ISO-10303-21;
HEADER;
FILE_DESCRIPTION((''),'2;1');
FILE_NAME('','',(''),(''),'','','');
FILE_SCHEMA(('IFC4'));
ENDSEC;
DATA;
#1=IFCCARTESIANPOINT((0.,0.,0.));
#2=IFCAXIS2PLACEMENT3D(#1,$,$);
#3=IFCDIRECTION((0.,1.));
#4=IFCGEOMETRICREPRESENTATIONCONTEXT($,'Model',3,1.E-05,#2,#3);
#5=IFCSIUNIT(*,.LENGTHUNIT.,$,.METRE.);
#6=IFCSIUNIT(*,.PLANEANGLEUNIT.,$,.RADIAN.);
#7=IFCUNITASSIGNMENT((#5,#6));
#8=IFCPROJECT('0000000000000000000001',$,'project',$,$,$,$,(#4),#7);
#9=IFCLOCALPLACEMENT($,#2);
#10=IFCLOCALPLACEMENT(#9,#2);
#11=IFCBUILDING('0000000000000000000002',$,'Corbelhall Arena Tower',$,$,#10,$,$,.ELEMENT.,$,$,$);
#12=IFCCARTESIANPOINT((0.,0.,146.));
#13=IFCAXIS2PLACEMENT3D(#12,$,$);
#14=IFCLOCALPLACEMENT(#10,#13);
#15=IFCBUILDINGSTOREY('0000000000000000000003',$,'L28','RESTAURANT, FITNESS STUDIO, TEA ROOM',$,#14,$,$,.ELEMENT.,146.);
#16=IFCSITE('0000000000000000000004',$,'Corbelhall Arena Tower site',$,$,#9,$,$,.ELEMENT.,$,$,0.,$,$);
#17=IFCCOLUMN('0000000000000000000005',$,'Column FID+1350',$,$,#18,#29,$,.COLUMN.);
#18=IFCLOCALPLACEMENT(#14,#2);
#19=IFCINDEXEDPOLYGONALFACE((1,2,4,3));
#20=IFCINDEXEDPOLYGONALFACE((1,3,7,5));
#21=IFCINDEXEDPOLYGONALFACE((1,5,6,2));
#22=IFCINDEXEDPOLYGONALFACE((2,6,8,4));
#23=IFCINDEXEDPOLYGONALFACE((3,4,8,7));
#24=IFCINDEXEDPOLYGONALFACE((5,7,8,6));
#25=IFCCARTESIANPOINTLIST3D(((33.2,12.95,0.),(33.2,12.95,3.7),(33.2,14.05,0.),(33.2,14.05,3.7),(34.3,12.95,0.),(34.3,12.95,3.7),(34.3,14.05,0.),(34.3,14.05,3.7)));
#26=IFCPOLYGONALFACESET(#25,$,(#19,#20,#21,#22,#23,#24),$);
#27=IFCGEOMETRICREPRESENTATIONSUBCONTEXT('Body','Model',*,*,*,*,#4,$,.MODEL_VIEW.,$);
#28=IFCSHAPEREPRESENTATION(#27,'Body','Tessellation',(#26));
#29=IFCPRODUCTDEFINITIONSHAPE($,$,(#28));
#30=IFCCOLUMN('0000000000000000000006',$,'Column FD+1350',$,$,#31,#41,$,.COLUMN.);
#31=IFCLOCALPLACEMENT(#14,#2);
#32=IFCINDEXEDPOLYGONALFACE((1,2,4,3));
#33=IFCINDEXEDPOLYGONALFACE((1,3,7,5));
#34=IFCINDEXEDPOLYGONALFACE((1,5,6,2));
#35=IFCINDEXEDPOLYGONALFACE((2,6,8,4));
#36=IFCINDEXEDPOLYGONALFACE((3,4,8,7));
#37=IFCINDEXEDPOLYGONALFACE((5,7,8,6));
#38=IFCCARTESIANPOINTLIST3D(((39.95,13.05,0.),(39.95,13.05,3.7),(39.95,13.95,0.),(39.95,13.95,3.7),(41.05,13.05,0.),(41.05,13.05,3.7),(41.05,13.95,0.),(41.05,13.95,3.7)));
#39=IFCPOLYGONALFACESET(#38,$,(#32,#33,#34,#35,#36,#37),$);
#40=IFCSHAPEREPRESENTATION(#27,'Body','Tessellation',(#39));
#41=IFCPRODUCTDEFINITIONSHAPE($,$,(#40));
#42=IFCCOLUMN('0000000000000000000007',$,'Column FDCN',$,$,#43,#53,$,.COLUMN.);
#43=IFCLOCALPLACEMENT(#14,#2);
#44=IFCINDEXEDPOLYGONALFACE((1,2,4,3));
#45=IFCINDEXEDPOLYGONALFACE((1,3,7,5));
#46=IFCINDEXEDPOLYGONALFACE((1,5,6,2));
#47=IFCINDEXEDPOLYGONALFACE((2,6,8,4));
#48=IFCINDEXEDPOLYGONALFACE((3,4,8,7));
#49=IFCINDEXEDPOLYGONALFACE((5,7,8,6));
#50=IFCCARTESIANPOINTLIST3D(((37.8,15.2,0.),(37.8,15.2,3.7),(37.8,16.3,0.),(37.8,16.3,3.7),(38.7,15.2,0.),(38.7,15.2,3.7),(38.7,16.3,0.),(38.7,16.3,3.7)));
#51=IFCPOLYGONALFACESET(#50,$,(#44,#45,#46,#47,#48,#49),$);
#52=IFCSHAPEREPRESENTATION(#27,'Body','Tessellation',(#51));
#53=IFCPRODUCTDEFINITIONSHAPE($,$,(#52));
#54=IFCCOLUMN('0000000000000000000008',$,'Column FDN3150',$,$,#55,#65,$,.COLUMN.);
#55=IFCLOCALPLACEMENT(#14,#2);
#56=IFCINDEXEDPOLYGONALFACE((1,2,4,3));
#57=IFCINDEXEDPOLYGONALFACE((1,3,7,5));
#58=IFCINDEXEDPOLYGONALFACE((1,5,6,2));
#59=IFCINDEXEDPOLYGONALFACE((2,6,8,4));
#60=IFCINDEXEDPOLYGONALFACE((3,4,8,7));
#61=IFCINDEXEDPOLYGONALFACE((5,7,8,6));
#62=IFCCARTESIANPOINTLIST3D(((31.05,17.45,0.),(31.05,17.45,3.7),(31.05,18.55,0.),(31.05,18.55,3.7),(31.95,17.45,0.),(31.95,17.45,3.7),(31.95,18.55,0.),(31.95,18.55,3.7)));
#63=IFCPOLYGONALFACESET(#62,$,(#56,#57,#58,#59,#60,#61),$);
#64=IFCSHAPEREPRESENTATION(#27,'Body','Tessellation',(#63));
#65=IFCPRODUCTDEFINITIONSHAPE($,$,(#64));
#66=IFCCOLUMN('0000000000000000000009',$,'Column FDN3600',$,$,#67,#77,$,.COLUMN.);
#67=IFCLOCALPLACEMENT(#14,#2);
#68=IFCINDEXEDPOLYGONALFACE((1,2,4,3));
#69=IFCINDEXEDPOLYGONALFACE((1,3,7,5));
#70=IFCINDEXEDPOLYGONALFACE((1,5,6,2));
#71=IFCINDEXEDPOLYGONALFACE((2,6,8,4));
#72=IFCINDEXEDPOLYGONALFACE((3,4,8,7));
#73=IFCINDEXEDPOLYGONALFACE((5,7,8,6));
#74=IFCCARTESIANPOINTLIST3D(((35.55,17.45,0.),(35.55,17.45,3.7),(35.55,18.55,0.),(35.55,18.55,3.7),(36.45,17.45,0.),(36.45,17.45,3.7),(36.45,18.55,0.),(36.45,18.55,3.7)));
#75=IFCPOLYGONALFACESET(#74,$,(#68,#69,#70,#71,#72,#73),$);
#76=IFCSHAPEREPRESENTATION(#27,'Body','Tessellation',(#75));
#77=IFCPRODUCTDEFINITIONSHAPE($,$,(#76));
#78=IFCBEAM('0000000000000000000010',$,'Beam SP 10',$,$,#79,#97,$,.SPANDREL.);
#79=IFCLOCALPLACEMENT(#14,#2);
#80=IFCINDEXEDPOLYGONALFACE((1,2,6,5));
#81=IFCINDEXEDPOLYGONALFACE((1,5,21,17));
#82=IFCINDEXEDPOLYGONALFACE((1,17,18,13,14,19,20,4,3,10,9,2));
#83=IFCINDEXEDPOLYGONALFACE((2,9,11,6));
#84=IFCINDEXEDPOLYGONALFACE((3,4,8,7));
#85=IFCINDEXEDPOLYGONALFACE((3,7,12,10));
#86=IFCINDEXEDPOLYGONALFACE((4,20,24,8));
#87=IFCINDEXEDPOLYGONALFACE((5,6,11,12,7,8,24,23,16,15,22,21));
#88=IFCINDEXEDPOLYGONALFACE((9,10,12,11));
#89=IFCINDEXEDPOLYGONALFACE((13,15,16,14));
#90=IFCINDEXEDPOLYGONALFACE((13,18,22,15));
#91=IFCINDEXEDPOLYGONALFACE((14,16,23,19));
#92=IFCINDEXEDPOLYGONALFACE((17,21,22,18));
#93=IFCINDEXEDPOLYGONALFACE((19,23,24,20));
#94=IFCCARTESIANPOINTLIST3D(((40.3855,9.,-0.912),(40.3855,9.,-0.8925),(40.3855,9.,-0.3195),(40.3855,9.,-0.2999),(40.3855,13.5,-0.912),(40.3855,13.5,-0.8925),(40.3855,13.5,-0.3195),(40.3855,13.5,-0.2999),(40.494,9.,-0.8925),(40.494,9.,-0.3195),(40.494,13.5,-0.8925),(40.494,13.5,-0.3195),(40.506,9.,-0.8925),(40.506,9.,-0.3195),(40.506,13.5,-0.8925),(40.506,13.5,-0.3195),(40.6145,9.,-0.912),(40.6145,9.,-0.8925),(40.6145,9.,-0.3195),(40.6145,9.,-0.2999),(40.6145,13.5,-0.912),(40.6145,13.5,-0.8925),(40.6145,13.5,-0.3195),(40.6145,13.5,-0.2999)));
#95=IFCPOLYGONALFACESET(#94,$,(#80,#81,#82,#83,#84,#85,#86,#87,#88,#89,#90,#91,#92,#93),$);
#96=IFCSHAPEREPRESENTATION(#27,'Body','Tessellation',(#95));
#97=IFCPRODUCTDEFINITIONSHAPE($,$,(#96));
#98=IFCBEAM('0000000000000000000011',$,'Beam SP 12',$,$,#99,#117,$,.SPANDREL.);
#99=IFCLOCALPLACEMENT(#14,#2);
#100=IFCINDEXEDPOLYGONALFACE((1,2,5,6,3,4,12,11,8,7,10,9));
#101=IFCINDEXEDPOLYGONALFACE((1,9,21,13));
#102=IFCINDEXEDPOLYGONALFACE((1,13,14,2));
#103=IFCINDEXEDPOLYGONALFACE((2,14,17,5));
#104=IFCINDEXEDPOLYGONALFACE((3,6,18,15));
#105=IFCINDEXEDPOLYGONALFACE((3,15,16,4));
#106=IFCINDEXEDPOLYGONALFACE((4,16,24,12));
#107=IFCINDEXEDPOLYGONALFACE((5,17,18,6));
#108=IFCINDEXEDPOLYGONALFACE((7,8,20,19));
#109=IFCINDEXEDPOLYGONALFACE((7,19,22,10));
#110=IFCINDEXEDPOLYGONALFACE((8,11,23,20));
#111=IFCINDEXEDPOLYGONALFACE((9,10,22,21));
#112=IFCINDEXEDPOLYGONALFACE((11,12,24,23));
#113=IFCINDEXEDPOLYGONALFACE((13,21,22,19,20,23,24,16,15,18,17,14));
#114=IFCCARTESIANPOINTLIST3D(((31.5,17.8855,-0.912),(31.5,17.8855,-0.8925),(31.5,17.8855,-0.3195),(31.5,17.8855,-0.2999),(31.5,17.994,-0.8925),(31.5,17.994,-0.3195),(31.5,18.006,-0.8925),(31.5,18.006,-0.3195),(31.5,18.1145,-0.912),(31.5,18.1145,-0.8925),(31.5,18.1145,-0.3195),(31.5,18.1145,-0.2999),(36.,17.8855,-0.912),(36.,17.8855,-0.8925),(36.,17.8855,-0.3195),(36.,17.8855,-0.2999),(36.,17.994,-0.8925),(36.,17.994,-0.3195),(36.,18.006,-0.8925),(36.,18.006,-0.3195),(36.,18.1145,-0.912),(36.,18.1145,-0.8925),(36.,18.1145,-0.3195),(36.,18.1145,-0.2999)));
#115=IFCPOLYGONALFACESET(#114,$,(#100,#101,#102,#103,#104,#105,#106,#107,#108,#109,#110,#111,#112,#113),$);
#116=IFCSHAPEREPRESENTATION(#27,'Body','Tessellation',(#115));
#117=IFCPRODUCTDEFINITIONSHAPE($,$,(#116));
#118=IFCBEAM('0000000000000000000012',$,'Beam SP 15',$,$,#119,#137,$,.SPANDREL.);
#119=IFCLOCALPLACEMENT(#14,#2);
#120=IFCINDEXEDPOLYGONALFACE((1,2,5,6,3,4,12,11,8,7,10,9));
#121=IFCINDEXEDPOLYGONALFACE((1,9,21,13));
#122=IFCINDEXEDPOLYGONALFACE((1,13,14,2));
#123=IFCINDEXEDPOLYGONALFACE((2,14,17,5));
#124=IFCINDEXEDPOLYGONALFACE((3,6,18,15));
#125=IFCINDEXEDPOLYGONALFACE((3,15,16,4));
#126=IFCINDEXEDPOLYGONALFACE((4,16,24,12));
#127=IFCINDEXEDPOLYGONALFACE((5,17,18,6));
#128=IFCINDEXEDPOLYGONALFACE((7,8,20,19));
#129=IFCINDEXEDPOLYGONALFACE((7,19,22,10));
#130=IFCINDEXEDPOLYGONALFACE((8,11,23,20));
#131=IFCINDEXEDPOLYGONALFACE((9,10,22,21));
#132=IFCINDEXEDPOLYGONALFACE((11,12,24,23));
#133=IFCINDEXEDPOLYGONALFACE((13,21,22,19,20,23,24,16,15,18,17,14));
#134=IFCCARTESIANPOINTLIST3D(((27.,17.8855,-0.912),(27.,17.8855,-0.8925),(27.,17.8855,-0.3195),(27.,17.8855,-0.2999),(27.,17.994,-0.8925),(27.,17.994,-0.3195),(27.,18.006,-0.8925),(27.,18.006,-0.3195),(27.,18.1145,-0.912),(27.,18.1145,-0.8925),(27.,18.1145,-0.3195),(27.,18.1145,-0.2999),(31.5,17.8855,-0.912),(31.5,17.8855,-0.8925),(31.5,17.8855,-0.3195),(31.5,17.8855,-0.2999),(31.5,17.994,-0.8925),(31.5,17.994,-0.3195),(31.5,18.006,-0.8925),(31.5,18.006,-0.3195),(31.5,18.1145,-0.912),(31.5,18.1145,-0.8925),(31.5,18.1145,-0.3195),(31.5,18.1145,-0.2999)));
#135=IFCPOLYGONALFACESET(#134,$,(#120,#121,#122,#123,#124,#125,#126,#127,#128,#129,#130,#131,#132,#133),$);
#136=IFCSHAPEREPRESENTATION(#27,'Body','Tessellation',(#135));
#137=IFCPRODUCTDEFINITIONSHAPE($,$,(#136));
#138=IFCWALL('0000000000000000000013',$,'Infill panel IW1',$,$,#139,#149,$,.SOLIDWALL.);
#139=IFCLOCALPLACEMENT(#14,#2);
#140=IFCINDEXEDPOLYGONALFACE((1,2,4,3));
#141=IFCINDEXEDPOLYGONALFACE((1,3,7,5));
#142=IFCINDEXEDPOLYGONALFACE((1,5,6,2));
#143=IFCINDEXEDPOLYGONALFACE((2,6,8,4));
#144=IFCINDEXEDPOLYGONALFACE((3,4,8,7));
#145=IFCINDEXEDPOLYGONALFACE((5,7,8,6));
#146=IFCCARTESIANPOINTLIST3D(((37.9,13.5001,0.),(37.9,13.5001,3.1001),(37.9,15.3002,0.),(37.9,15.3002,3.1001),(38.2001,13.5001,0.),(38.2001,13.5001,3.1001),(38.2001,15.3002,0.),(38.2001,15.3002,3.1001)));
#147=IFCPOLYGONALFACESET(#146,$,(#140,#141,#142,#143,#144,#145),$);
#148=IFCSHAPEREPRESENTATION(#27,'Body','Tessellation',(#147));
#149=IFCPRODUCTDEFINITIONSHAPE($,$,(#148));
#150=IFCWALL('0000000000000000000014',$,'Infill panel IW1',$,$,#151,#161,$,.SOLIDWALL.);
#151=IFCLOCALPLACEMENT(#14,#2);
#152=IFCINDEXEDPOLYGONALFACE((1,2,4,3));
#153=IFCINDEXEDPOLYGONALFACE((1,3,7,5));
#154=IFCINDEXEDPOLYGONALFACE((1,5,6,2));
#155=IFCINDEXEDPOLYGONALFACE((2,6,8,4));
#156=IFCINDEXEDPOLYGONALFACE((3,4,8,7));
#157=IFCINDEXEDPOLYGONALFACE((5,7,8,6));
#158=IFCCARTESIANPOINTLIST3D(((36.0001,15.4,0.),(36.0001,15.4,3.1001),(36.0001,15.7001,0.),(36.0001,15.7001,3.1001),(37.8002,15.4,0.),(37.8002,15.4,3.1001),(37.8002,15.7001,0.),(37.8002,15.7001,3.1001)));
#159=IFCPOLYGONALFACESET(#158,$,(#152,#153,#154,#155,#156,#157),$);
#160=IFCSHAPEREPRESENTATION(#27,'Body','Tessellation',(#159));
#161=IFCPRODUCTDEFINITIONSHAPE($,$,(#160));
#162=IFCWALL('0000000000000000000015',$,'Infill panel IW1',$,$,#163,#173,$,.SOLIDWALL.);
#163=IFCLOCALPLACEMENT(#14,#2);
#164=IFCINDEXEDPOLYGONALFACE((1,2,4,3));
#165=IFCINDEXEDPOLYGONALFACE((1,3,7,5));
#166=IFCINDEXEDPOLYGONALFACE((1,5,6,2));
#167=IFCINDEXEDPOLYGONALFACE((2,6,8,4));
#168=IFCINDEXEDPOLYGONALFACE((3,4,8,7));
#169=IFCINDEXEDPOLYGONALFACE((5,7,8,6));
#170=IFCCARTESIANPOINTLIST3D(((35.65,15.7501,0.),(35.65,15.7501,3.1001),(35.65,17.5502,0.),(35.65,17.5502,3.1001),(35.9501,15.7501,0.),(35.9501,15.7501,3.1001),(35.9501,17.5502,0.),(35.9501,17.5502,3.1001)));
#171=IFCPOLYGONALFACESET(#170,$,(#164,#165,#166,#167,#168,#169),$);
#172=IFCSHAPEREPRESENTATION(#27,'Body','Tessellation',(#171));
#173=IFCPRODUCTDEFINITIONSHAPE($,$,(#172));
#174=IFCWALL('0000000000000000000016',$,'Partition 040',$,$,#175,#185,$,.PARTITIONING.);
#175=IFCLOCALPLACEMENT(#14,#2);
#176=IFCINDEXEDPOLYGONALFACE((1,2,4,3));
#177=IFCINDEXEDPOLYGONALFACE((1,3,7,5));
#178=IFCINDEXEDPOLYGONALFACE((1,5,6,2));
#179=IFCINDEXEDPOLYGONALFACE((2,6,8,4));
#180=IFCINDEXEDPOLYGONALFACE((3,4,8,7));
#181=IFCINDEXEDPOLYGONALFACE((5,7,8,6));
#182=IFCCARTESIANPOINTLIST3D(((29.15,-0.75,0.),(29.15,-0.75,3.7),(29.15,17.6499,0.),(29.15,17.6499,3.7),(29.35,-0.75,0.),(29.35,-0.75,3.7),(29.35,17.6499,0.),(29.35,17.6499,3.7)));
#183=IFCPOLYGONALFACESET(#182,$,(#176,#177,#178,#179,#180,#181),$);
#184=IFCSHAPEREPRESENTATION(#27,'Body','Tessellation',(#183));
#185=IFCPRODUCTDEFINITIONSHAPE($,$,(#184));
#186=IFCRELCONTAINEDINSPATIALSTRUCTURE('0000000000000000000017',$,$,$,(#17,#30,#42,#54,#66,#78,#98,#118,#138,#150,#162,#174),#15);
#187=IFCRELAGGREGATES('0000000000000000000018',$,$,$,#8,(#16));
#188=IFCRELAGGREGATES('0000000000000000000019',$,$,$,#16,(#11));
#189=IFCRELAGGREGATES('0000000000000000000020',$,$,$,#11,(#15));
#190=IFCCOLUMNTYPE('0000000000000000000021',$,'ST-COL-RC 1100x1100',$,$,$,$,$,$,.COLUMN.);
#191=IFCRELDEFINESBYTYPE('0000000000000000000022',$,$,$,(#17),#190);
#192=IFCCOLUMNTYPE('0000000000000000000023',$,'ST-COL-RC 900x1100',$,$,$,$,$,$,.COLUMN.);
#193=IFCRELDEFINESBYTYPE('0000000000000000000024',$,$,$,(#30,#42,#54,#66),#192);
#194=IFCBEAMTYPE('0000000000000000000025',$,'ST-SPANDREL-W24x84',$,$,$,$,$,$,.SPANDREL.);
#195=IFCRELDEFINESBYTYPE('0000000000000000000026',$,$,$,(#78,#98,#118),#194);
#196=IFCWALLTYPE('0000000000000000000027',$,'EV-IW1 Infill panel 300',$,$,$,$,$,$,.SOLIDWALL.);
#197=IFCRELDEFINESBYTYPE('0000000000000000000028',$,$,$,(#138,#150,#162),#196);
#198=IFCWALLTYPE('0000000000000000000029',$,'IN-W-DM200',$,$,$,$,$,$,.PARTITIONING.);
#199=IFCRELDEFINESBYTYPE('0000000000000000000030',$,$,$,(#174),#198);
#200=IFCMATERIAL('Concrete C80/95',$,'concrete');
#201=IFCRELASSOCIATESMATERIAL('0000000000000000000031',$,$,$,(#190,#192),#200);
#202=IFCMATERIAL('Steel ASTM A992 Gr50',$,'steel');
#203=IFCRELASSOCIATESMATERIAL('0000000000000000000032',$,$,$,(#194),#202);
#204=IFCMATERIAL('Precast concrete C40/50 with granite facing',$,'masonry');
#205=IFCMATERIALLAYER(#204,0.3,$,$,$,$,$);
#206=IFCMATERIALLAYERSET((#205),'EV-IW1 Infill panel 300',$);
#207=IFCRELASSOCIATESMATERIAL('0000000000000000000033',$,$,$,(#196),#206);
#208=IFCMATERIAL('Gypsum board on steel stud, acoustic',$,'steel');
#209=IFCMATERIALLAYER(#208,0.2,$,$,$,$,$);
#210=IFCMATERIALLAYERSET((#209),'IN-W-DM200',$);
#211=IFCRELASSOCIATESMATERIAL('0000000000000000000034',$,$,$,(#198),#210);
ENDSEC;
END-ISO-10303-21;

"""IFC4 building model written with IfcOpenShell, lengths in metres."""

from ifc_helpers import new_model, si_unit, direction, frame, frame_2d, origin, origin_2d, place, context, subcontext, project, spatial, rectangle, i_section, extrude, material, layer, layer_set, material_profile, profile_set, type_object, element, save


model = new_model("IFC4")

# Units and contexts
model_context = context("Model", 3, precision=1e-05, world=origin(), true_north=direction((0.0, 1.0)))
body_context = subcontext(model_context, "Body", "Model", "MODEL_VIEW")
ifc_project = project(units=[si_unit("LENGTHUNIT", "METRE"), si_unit("PLANEANGLEUNIT", "RADIAN")], contexts=[model_context])

# Site, building, storey
site_placement = place(None, origin())
site = spatial("IfcSite", under=ifc_project, at=site_placement, Name="Corbelhall Arena Tower site", CompositionType="ELEMENT", RefElevation=0.0)
building_placement = place(site_placement, origin())
building = spatial("IfcBuilding", under=site, at=building_placement, Name="Corbelhall Arena Tower", CompositionType="ELEMENT")
storey_placement = place(building_placement, frame((0.0, 0.0, 146.0)))
storey = spatial("IfcBuildingStorey", under=building, at=storey_placement, Name="L28", Description="RESTAURANT, FITNESS STUDIO, TEA ROOM", CompositionType="ELEMENT", Elevation=146.0)

# Columns
ifc_material_1 = material(Name="Concrete C80/95", Category="concrete")
ifc_material_profile_1 = material_profile(ifc_material_1, rectangle(XDim=1.1001, YDim=1.1001, at=origin_2d()))
ifc_profile_set_1 = profile_set([ifc_material_profile_1], Name="Concrete C80/95")
column_type_1 = type_object("IfcColumnType", Name="ST-COL-RC 1100x1100", PredefinedType="COLUMN", material=ifc_profile_set_1)
column_placement = place(storey_placement, frame((33.75, 13.5, 0.0), z_axis=(0.0, 0.0, 1.0), x_axis=(1.0, 0.0, 0.0)))
element("IfcColumn", 1, at=column_placement, inside=storey, type_object=column_type_1, Name="Column FID+1350", PredefinedType="COLUMN", context=body_context, shape_type="SweptSolid", body=[
    extrude(rectangle(XDim=1.1001, YDim=1.1001, at=origin_2d()), origin(), (0.0, 0.0, 1.0), 3.7),
])
ifc_material_profile_2 = material_profile(ifc_material_1, rectangle(XDim=0.8999, YDim=1.1001, at=origin_2d()))
ifc_profile_set_2 = profile_set([ifc_material_profile_2], Name="Concrete C80/95")
column_type_2 = type_object("IfcColumnType", Name="ST-COL-RC 900x1100", PredefinedType="COLUMN", material=ifc_profile_set_2)
for number, where, z_axis, x_axis, name in (
    (2, (40.5, 13.5, 0.0), (0.0, 0.0, 1.0), (0.0, 1.0, 0.0), "Column FD+1350"),
    (3, (38.25, 15.75, 0.0), (0.0, 0.0, 1.0), (1.0, 0.0, 0.0), "Column FDCN"),
    (4, (31.5, 18.0, 0.0), (0.0, 0.0, 1.0), (1.0, 0.0, 0.0), "Column FDN3150"),
    (5, (36.0, 18.0, 0.0), (0.0, 0.0, 1.0), (1.0, 0.0, 0.0), "Column FDN3600"),
):
    element("IfcColumn", number, at=place(storey_placement, frame(where, z_axis=z_axis, x_axis=x_axis)), inside=storey, type_object=column_type_2, Name=name, PredefinedType="COLUMN", context=body_context, shape_type="SweptSolid", body=[
        extrude(rectangle(XDim=0.8999, YDim=1.1001, at=origin_2d()), origin(), (0.0, 0.0, 1.0), 3.7),
    ])

# Beams
ifc_material_2 = material(Name="Steel ASTM A992 Gr50", Category="steel")
ifc_material_profile_3 = material_profile(ifc_material_2, i_section(OverallWidth=0.229, OverallDepth=0.6121, WebThickness=0.012, FlangeThickness=0.0195, at=origin_2d()))
ifc_profile_set_3 = profile_set([ifc_material_profile_3], Name="Steel ASTM A992 Gr50")
beam_type = type_object("IfcBeamType", Name="ST-SPANDREL-W24x84", PredefinedType="SPANDREL", material=ifc_profile_set_3)
for number, where, z_axis, x_axis, name in (
    (6, (40.5, 13.5, -0.606), (0.0, -1.0, 0.0), (1.0, 0.0, 0.0), "Beam SP 10"),
    (7, (31.5, 18.0, -0.606), (1.0, 0.0, 0.0), (0.0, 1.0, 0.0), "Beam SP 12"),
    (8, (27.0, 18.0, -0.606), (1.0, 0.0, 0.0), (0.0, 1.0, 0.0), "Beam SP 15"),
):
    element("IfcBeam", number, at=place(storey_placement, frame(where, z_axis=z_axis, x_axis=x_axis)), inside=storey, type_object=beam_type, Name=name, PredefinedType="SPANDREL", context=body_context, shape_type="SweptSolid", body=[
        extrude(i_section(OverallWidth=0.229, OverallDepth=0.6121, WebThickness=0.012, FlangeThickness=0.0195, at=origin_2d()), origin(), (0.0, 0.0, 1.0), 4.5),
    ])

# Walls
ifc_material_3 = material(Name="Precast concrete C40/50 with granite facing", Category="masonry")
ifc_layer_1 = layer(ifc_material_3, 0.3)
ifc_layer_set_1 = layer_set([ifc_layer_1], Name="EV-IW1 Infill panel 300")
wall_type_1 = type_object("IfcWallType", Name="EV-IW1 Infill panel 300", PredefinedType="SOLIDWALL", material=ifc_layer_set_1)
for number, where, z_axis, x_axis, name in (
    (9, (38.05, 15.3, 0.0), (0.0, 0.0, 1.0), (0.0, -1.0, 0.0), "Infill panel IW1"),
    (10, (37.8, 15.55, 0.0), (0.0, 0.0, 1.0), (-1.0, 0.0, 0.0), "Infill panel IW1"),
    (11, (35.8, 17.55, 0.0), (0.0, 0.0, 1.0), (0.0, -1.0, 0.0), "Infill panel IW1"),
):
    element("IfcWall", number, at=place(storey_placement, frame(where, z_axis=z_axis, x_axis=x_axis)), inside=storey, type_object=wall_type_1, Name=name, PredefinedType="SOLIDWALL", context=body_context, shape_type="SweptSolid", body=[
        extrude(rectangle(XDim=1.8, YDim=0.3, at=frame_2d((0.8999, 0.0))), origin(), (0.0, 0.0, 1.0), 3.1001),
    ])

# Wall
ifc_material_4 = material(Name="Gypsum board on steel stud, acoustic", Category="steel")
ifc_layer_2 = layer(ifc_material_4, 0.2)
ifc_layer_set_2 = layer_set([ifc_layer_2], Name="IN-W-DM200")
wall_type_2 = type_object("IfcWallType", Name="IN-W-DM200", PredefinedType="PARTITIONING", material=ifc_layer_set_2)
wall_1_placement = place(storey_placement, frame((29.25, 17.6499, 0.0), z_axis=(0.0, 0.0, 1.0), x_axis=(0.0, -1.0, 0.0)))
element("IfcWall", 12, at=wall_1_placement, inside=storey, type_object=wall_type_2, Name="Partition 040", PredefinedType="PARTITIONING", context=body_context, shape_type="SweptSolid", body=[
    extrude(rectangle(XDim=18.3999, YDim=0.2, at=frame_2d((9.2, 0.0))), origin(), (0.0, 0.0, 1.0), 3.7),
])

save(model, "model.ifc")
